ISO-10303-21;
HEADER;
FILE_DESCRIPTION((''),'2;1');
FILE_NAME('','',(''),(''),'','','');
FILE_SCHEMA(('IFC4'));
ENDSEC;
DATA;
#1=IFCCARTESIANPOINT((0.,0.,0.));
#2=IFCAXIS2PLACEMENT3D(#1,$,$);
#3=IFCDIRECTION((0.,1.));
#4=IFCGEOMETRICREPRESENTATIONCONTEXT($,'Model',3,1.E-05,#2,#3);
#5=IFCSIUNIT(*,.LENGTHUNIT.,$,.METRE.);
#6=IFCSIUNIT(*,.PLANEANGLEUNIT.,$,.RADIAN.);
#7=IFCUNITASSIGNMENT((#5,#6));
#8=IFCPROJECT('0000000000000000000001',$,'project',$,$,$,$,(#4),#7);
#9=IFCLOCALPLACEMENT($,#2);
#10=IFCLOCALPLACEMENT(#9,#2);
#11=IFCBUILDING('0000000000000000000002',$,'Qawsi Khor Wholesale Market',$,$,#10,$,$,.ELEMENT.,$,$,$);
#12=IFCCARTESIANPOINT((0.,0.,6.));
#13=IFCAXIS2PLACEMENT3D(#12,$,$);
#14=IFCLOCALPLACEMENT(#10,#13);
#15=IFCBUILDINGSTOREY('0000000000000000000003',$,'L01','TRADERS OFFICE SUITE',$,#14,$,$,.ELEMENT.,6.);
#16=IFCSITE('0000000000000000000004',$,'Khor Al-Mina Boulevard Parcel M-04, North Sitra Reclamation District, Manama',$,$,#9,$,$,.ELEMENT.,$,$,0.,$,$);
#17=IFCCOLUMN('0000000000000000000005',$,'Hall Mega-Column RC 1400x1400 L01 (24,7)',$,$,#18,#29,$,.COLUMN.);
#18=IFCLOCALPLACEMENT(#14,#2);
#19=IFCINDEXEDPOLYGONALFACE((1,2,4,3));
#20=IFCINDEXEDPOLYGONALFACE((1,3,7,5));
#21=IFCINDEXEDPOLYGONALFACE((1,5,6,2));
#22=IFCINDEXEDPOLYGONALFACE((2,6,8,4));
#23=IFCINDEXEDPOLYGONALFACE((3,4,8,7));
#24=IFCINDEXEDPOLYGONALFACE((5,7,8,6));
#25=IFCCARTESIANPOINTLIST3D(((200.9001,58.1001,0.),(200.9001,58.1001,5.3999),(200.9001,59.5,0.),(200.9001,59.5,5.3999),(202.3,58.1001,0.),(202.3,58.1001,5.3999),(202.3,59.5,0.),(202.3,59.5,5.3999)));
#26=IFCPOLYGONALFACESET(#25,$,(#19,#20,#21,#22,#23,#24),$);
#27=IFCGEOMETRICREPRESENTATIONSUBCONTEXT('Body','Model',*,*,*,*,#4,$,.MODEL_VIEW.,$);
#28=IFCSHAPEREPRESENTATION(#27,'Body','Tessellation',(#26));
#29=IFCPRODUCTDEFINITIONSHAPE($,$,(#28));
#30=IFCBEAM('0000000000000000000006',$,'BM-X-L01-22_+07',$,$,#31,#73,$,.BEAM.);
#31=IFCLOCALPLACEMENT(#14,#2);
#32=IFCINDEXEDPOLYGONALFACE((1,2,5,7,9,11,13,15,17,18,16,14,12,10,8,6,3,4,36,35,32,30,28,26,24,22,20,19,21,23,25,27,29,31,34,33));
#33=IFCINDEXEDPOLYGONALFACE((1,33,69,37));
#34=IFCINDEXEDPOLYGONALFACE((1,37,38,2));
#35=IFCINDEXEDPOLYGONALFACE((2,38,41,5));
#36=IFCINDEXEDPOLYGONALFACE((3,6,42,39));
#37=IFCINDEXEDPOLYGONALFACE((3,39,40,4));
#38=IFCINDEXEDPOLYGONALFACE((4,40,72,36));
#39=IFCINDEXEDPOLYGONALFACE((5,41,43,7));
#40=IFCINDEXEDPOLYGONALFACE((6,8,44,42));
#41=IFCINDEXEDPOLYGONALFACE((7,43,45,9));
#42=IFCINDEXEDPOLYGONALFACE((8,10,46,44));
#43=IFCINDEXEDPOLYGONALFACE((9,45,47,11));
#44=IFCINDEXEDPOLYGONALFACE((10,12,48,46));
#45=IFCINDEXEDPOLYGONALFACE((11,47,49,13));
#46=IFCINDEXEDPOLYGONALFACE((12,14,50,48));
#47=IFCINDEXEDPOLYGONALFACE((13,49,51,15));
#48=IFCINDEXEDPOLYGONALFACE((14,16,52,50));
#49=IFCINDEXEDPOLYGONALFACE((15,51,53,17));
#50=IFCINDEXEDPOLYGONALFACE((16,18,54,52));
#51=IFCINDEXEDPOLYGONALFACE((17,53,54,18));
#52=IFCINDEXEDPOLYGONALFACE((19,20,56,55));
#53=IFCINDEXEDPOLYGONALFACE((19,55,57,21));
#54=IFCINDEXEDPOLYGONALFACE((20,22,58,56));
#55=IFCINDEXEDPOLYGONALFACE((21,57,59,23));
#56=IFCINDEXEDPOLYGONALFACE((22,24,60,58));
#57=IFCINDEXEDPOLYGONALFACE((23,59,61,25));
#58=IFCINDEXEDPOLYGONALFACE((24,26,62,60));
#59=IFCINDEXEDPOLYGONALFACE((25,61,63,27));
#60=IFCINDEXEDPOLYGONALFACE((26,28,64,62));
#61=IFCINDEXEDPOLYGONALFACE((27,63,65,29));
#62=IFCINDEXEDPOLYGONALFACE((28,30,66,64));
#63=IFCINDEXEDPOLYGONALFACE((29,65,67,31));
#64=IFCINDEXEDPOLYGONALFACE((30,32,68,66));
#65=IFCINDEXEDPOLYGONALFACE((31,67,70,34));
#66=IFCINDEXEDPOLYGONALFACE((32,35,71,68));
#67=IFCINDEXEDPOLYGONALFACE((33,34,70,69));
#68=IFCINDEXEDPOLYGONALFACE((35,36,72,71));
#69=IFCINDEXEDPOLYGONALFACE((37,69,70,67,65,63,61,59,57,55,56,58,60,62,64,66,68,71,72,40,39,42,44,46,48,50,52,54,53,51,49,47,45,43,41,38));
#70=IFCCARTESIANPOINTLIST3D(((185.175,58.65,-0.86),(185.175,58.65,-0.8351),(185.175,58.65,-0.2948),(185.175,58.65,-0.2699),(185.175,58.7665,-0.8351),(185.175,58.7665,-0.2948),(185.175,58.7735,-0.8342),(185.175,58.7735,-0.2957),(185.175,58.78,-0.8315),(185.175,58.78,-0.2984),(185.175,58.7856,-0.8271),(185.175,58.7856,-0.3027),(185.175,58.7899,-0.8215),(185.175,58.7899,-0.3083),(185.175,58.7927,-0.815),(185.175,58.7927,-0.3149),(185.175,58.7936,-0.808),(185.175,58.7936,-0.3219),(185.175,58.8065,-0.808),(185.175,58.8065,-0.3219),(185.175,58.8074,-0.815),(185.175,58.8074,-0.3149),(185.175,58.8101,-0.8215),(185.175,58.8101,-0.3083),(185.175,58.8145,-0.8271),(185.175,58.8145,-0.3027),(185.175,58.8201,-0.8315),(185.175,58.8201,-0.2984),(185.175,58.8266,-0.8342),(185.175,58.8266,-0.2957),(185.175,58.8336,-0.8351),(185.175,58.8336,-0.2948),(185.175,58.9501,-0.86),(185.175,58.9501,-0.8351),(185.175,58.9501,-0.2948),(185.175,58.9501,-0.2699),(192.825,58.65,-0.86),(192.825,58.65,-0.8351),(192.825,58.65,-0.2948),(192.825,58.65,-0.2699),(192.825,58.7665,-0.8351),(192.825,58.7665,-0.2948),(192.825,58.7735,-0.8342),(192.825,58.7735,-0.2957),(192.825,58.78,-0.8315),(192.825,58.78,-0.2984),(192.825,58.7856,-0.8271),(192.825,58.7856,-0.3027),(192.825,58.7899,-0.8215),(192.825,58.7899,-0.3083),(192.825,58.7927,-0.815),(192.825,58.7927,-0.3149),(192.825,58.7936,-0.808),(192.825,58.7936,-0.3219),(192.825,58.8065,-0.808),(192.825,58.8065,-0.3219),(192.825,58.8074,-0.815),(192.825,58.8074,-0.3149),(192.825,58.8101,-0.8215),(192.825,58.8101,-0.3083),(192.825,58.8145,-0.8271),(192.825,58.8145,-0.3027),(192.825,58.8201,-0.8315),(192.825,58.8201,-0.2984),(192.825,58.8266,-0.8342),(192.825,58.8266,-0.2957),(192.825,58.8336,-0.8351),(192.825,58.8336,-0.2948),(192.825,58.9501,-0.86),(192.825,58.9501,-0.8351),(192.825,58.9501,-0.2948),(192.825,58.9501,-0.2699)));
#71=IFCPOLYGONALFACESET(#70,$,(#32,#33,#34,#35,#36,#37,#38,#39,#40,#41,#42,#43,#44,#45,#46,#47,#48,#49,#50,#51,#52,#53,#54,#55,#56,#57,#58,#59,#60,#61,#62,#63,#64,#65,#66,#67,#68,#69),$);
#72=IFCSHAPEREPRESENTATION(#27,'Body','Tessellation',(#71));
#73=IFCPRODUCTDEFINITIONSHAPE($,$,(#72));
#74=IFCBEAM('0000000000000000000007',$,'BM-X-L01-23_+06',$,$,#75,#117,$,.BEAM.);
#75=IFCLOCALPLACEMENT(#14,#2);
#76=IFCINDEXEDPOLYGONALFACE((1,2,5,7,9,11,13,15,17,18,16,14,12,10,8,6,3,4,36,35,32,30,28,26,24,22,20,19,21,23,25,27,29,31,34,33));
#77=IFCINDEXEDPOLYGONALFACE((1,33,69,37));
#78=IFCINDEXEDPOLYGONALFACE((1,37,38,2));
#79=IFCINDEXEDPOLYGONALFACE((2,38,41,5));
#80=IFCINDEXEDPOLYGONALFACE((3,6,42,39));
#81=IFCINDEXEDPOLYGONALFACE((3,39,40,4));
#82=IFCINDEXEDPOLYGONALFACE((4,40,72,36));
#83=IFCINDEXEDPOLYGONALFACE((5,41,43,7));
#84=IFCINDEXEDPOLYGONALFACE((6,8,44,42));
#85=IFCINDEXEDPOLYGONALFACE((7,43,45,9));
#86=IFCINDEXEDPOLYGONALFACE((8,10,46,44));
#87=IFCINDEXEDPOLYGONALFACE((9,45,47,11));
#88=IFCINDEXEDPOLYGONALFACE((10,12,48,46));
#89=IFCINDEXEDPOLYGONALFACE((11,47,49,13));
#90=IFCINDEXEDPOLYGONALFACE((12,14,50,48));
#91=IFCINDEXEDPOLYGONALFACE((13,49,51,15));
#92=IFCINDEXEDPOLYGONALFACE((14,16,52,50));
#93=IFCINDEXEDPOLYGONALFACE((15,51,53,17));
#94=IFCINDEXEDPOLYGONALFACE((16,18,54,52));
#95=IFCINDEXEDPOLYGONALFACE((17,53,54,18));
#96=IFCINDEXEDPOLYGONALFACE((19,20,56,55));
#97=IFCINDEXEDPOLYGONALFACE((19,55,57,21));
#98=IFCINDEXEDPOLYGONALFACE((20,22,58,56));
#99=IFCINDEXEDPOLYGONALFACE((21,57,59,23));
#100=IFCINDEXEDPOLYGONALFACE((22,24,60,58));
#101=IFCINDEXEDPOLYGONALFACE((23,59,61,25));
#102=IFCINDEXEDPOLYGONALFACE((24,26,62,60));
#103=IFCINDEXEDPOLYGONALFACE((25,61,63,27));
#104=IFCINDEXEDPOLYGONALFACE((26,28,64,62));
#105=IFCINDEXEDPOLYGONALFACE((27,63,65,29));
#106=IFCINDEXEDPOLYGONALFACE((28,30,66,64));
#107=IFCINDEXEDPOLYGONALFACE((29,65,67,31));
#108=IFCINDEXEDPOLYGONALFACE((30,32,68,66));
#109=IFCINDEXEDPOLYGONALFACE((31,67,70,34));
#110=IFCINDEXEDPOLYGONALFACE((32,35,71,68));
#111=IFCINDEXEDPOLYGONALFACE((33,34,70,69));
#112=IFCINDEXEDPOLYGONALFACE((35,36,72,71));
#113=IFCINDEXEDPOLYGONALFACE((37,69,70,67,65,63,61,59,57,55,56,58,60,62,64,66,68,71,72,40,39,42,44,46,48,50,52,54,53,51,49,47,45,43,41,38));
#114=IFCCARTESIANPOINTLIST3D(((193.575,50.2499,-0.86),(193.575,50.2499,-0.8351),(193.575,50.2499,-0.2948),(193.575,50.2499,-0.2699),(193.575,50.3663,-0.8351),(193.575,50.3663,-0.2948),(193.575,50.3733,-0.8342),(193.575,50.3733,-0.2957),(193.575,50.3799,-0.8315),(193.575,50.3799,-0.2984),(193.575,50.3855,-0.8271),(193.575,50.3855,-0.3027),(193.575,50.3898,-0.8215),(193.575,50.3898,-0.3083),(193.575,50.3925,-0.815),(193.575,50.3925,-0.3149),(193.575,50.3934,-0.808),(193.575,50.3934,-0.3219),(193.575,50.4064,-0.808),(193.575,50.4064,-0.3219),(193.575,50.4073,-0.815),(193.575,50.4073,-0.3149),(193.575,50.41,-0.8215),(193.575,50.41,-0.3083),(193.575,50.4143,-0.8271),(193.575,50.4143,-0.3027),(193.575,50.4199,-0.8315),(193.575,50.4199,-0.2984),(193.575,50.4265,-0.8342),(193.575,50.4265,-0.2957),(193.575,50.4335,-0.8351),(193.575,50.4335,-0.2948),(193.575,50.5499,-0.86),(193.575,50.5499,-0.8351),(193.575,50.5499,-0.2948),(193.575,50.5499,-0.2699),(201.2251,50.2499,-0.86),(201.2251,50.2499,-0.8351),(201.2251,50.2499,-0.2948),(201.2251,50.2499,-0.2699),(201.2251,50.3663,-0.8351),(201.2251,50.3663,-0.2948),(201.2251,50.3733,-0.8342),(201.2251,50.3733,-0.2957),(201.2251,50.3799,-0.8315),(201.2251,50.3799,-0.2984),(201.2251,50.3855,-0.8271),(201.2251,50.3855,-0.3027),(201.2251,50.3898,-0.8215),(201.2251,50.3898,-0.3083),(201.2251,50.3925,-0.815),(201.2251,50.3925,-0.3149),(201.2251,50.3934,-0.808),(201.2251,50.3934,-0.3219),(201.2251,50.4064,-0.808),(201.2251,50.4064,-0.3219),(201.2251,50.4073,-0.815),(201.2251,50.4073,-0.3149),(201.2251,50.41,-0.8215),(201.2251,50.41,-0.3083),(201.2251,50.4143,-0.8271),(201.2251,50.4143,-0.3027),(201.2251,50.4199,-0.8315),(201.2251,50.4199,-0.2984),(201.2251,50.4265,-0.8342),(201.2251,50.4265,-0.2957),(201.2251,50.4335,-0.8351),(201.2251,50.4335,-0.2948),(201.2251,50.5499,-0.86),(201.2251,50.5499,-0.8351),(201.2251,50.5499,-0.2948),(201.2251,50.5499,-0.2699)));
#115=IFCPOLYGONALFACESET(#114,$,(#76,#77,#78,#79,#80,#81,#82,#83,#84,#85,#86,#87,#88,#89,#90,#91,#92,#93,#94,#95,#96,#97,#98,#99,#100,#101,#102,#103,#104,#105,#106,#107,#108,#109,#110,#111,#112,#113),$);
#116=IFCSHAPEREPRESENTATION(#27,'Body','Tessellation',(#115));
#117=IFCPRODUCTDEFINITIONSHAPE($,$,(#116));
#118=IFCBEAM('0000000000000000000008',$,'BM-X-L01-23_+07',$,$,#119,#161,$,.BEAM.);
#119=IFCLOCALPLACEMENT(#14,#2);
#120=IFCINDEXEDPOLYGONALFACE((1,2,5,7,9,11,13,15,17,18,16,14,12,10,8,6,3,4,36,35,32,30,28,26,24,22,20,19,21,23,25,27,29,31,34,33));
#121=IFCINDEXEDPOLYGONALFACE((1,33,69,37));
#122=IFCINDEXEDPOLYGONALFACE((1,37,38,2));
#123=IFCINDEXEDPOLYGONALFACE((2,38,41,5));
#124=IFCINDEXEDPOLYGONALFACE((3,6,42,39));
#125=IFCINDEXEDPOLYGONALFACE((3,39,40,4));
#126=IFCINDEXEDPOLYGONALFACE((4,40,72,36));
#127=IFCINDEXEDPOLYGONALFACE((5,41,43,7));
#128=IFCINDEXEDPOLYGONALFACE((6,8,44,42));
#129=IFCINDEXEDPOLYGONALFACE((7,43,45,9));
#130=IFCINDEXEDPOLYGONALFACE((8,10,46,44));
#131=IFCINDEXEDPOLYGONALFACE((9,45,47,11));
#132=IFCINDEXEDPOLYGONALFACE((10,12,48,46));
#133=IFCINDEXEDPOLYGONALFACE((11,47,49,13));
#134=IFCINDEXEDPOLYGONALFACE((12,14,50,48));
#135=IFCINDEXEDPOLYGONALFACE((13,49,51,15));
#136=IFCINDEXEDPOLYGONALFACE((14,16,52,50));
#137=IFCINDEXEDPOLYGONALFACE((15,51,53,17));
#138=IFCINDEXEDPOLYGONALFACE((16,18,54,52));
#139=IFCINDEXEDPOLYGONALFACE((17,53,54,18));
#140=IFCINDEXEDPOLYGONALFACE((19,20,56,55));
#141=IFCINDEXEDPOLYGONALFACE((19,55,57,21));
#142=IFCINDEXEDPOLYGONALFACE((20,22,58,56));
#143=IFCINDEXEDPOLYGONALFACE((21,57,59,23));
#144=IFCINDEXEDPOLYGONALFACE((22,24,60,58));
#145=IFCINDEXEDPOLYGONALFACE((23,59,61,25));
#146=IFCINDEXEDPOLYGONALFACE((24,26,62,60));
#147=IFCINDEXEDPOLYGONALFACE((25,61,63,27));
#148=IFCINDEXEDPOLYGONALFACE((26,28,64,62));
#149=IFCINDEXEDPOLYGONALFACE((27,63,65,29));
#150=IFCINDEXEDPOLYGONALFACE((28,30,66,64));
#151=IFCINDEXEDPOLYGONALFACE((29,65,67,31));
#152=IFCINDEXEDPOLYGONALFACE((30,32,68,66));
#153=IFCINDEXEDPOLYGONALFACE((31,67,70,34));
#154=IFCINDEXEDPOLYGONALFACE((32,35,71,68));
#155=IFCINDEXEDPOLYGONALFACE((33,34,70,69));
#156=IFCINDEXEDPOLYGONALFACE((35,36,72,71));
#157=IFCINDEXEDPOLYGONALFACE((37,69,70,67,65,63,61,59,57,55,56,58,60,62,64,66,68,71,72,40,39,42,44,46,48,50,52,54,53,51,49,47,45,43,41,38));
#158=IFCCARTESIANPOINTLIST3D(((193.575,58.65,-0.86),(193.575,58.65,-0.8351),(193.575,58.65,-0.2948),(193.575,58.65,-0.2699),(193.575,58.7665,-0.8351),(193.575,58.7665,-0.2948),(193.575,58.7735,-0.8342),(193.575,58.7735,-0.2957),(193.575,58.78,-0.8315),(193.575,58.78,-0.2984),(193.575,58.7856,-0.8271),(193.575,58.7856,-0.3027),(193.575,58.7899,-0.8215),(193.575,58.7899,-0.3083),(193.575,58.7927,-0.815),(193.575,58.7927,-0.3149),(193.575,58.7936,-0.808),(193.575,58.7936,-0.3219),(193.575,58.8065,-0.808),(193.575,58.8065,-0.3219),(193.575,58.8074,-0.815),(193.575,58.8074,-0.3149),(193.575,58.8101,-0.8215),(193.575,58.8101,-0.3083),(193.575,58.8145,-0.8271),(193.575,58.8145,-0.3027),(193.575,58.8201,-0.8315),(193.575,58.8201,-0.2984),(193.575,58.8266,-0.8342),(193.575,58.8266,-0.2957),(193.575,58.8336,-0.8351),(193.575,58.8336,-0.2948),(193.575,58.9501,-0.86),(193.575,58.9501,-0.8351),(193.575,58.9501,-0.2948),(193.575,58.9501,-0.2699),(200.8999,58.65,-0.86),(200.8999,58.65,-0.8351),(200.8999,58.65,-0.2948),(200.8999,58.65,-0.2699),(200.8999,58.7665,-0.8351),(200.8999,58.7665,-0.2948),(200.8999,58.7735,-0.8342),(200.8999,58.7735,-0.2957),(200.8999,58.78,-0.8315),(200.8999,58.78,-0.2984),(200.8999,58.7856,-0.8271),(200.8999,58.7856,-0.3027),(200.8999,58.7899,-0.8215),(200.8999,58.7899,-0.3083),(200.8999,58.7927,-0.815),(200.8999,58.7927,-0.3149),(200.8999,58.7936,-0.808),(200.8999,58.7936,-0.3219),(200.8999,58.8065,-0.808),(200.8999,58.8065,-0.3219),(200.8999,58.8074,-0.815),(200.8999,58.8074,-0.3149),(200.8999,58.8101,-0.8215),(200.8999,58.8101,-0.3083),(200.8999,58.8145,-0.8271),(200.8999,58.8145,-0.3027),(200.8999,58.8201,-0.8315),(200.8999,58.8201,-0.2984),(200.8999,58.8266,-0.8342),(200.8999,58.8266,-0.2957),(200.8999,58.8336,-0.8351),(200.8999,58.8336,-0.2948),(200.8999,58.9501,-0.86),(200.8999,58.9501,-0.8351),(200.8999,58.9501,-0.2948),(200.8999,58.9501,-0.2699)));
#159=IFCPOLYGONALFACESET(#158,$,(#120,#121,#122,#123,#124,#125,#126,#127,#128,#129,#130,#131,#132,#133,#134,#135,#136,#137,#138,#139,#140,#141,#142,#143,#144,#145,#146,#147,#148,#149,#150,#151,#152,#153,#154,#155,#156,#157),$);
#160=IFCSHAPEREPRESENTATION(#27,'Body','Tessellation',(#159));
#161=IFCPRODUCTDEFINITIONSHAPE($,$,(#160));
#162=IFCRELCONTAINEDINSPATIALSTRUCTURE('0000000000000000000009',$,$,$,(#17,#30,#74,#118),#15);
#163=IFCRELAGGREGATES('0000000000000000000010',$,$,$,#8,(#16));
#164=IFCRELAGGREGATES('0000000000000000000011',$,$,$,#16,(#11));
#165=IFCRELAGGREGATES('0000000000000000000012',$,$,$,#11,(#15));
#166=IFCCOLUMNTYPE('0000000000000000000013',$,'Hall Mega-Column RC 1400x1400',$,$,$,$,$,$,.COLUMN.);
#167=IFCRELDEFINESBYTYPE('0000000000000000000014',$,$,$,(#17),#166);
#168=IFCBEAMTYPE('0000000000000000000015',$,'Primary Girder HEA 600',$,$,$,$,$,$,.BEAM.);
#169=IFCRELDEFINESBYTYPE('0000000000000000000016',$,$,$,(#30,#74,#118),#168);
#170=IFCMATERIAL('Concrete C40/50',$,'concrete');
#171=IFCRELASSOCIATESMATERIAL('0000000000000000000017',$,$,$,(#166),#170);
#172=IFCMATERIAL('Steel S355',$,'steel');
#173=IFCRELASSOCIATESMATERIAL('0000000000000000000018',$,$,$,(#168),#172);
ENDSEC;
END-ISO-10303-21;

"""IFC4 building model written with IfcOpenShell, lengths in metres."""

from ifc_helpers import new_model, si_unit, direction, frame, origin, origin_2d, place, context, subcontext, project, spatial, rectangle, i_section, extrude, material, material_profile, profile_set, type_object, element, save


model = new_model("IFC4")

# Units and contexts
model_context = context("Model", 3, precision=1e-05, world=origin(), true_north=direction((0.0, 1.0)))
body_context = subcontext(model_context, "Body", "Model", "MODEL_VIEW")
ifc_project = project(units=[si_unit("LENGTHUNIT", "METRE"), si_unit("PLANEANGLEUNIT", "RADIAN")], contexts=[model_context])

# Site, building, storey
site_placement = place(None, origin())
site = spatial("IfcSite", under=ifc_project, at=site_placement, Name="Khor Al-Mina Boulevard Parcel M-04, North Sitra Reclamation District, Manama", CompositionType="ELEMENT", RefElevation=0.0)
building_placement = place(site_placement, origin())
building = spatial("IfcBuilding", under=site, at=building_placement, Name="Qawsi Khor Wholesale Market", CompositionType="ELEMENT")
storey_placement = place(building_placement, frame((0.0, 0.0, 6.0)))
storey = spatial("IfcBuildingStorey", under=building, at=storey_placement, Name="L01", Description="TRADERS OFFICE SUITE", CompositionType="ELEMENT", Elevation=6.0)

# Column
ifc_material_1 = material(Name="Concrete C40/50", Category="concrete")
ifc_material_profile_1 = material_profile(ifc_material_1, rectangle(XDim=1.3999, YDim=1.3999, at=origin_2d()), Name="RC 1400x1400")
ifc_profile_set_1 = profile_set([ifc_material_profile_1], Name="Concrete C40/50")
column_type = type_object("IfcColumnType", Name="Hall Mega-Column RC 1400x1400", PredefinedType="COLUMN", material=ifc_profile_set_1)
column_placement = place(storey_placement, frame((201.6001, 58.8, 0.0), z_axis=(0.0, 0.0, 1.0), x_axis=(1.0, 0.0, 0.0)))
element("IfcColumn", 1, at=column_placement, inside=storey, type_object=column_type, Name="Hall Mega-Column RC 1400x1400 L01 (24,7)", PredefinedType="COLUMN", context=body_context, shape_type="SweptSolid", body=[
    extrude(rectangle(XDim=1.3999, YDim=1.3999, at=origin_2d()), origin(), (0.0, 0.0, 1.0), 5.3999),
])

# Beams
ifc_material_2 = material(Name="Steel S355", Category="steel")
ifc_material_profile_2 = material_profile(ifc_material_2, i_section(OverallWidth=0.3, OverallDepth=0.5901, WebThickness=0.0129, FlangeThickness=0.0249, FilletRadius=0.0271, at=origin_2d()), Name="HEA 600")
ifc_profile_set_2 = profile_set([ifc_material_profile_2], Name="Steel S355")
beam_type_1 = type_object("IfcBeamType", Name="Primary Girder HEA 600", PredefinedType="BEAM", material=ifc_profile_set_2)
beam_1_placement = place(storey_placement, frame((185.175, 58.8, -0.5649), z_axis=(1.0, 0.0, 0.0), x_axis=(0.0, 1.0, 0.0)))
element("IfcBeam", 2, at=beam_1_placement, inside=storey, type_object=beam_type_1, Name="BM-X-L01-22_+07", PredefinedType="BEAM", context=body_context, shape_type="SweptSolid", body=[
    extrude(i_section(OverallWidth=0.3, OverallDepth=0.5901, WebThickness=0.0129, FlangeThickness=0.0249, FilletRadius=0.0271, at=origin_2d()), origin(), (0.0, 0.0, 1.0), 7.6499),
])
beam_2_placement = place(storey_placement, frame((193.575, 50.3999, -0.5649), z_axis=(1.0, 0.0, 0.0), x_axis=(0.0, 1.0, 0.0)))
element("IfcBeam", 3, at=beam_2_placement, inside=storey, type_object=beam_type_1, Name="BM-X-L01-23_+06", PredefinedType="BEAM", context=body_context, shape_type="SweptSolid", body=[
    extrude(i_section(OverallWidth=0.3, OverallDepth=0.5901, WebThickness=0.0129, FlangeThickness=0.0249, FilletRadius=0.0271, at=origin_2d()), origin(), (0.0, 0.0, 1.0), 7.6501),
])
beam_3_placement = place(storey_placement, frame((193.575, 58.8, -0.5649), z_axis=(1.0, 0.0, 0.0), x_axis=(0.0, 1.0, 0.0)))
element("IfcBeam", 4, at=beam_3_placement, inside=storey, type_object=beam_type_1, Name="BM-X-L01-23_+07", PredefinedType="BEAM", context=body_context, shape_type="SweptSolid", body=[
    extrude(i_section(OverallWidth=0.3, OverallDepth=0.5901, WebThickness=0.0129, FlangeThickness=0.0249, FilletRadius=0.0271, at=origin_2d()), origin(), (0.0, 0.0, 1.0), 7.325),
])

save(model, "model.ifc")
